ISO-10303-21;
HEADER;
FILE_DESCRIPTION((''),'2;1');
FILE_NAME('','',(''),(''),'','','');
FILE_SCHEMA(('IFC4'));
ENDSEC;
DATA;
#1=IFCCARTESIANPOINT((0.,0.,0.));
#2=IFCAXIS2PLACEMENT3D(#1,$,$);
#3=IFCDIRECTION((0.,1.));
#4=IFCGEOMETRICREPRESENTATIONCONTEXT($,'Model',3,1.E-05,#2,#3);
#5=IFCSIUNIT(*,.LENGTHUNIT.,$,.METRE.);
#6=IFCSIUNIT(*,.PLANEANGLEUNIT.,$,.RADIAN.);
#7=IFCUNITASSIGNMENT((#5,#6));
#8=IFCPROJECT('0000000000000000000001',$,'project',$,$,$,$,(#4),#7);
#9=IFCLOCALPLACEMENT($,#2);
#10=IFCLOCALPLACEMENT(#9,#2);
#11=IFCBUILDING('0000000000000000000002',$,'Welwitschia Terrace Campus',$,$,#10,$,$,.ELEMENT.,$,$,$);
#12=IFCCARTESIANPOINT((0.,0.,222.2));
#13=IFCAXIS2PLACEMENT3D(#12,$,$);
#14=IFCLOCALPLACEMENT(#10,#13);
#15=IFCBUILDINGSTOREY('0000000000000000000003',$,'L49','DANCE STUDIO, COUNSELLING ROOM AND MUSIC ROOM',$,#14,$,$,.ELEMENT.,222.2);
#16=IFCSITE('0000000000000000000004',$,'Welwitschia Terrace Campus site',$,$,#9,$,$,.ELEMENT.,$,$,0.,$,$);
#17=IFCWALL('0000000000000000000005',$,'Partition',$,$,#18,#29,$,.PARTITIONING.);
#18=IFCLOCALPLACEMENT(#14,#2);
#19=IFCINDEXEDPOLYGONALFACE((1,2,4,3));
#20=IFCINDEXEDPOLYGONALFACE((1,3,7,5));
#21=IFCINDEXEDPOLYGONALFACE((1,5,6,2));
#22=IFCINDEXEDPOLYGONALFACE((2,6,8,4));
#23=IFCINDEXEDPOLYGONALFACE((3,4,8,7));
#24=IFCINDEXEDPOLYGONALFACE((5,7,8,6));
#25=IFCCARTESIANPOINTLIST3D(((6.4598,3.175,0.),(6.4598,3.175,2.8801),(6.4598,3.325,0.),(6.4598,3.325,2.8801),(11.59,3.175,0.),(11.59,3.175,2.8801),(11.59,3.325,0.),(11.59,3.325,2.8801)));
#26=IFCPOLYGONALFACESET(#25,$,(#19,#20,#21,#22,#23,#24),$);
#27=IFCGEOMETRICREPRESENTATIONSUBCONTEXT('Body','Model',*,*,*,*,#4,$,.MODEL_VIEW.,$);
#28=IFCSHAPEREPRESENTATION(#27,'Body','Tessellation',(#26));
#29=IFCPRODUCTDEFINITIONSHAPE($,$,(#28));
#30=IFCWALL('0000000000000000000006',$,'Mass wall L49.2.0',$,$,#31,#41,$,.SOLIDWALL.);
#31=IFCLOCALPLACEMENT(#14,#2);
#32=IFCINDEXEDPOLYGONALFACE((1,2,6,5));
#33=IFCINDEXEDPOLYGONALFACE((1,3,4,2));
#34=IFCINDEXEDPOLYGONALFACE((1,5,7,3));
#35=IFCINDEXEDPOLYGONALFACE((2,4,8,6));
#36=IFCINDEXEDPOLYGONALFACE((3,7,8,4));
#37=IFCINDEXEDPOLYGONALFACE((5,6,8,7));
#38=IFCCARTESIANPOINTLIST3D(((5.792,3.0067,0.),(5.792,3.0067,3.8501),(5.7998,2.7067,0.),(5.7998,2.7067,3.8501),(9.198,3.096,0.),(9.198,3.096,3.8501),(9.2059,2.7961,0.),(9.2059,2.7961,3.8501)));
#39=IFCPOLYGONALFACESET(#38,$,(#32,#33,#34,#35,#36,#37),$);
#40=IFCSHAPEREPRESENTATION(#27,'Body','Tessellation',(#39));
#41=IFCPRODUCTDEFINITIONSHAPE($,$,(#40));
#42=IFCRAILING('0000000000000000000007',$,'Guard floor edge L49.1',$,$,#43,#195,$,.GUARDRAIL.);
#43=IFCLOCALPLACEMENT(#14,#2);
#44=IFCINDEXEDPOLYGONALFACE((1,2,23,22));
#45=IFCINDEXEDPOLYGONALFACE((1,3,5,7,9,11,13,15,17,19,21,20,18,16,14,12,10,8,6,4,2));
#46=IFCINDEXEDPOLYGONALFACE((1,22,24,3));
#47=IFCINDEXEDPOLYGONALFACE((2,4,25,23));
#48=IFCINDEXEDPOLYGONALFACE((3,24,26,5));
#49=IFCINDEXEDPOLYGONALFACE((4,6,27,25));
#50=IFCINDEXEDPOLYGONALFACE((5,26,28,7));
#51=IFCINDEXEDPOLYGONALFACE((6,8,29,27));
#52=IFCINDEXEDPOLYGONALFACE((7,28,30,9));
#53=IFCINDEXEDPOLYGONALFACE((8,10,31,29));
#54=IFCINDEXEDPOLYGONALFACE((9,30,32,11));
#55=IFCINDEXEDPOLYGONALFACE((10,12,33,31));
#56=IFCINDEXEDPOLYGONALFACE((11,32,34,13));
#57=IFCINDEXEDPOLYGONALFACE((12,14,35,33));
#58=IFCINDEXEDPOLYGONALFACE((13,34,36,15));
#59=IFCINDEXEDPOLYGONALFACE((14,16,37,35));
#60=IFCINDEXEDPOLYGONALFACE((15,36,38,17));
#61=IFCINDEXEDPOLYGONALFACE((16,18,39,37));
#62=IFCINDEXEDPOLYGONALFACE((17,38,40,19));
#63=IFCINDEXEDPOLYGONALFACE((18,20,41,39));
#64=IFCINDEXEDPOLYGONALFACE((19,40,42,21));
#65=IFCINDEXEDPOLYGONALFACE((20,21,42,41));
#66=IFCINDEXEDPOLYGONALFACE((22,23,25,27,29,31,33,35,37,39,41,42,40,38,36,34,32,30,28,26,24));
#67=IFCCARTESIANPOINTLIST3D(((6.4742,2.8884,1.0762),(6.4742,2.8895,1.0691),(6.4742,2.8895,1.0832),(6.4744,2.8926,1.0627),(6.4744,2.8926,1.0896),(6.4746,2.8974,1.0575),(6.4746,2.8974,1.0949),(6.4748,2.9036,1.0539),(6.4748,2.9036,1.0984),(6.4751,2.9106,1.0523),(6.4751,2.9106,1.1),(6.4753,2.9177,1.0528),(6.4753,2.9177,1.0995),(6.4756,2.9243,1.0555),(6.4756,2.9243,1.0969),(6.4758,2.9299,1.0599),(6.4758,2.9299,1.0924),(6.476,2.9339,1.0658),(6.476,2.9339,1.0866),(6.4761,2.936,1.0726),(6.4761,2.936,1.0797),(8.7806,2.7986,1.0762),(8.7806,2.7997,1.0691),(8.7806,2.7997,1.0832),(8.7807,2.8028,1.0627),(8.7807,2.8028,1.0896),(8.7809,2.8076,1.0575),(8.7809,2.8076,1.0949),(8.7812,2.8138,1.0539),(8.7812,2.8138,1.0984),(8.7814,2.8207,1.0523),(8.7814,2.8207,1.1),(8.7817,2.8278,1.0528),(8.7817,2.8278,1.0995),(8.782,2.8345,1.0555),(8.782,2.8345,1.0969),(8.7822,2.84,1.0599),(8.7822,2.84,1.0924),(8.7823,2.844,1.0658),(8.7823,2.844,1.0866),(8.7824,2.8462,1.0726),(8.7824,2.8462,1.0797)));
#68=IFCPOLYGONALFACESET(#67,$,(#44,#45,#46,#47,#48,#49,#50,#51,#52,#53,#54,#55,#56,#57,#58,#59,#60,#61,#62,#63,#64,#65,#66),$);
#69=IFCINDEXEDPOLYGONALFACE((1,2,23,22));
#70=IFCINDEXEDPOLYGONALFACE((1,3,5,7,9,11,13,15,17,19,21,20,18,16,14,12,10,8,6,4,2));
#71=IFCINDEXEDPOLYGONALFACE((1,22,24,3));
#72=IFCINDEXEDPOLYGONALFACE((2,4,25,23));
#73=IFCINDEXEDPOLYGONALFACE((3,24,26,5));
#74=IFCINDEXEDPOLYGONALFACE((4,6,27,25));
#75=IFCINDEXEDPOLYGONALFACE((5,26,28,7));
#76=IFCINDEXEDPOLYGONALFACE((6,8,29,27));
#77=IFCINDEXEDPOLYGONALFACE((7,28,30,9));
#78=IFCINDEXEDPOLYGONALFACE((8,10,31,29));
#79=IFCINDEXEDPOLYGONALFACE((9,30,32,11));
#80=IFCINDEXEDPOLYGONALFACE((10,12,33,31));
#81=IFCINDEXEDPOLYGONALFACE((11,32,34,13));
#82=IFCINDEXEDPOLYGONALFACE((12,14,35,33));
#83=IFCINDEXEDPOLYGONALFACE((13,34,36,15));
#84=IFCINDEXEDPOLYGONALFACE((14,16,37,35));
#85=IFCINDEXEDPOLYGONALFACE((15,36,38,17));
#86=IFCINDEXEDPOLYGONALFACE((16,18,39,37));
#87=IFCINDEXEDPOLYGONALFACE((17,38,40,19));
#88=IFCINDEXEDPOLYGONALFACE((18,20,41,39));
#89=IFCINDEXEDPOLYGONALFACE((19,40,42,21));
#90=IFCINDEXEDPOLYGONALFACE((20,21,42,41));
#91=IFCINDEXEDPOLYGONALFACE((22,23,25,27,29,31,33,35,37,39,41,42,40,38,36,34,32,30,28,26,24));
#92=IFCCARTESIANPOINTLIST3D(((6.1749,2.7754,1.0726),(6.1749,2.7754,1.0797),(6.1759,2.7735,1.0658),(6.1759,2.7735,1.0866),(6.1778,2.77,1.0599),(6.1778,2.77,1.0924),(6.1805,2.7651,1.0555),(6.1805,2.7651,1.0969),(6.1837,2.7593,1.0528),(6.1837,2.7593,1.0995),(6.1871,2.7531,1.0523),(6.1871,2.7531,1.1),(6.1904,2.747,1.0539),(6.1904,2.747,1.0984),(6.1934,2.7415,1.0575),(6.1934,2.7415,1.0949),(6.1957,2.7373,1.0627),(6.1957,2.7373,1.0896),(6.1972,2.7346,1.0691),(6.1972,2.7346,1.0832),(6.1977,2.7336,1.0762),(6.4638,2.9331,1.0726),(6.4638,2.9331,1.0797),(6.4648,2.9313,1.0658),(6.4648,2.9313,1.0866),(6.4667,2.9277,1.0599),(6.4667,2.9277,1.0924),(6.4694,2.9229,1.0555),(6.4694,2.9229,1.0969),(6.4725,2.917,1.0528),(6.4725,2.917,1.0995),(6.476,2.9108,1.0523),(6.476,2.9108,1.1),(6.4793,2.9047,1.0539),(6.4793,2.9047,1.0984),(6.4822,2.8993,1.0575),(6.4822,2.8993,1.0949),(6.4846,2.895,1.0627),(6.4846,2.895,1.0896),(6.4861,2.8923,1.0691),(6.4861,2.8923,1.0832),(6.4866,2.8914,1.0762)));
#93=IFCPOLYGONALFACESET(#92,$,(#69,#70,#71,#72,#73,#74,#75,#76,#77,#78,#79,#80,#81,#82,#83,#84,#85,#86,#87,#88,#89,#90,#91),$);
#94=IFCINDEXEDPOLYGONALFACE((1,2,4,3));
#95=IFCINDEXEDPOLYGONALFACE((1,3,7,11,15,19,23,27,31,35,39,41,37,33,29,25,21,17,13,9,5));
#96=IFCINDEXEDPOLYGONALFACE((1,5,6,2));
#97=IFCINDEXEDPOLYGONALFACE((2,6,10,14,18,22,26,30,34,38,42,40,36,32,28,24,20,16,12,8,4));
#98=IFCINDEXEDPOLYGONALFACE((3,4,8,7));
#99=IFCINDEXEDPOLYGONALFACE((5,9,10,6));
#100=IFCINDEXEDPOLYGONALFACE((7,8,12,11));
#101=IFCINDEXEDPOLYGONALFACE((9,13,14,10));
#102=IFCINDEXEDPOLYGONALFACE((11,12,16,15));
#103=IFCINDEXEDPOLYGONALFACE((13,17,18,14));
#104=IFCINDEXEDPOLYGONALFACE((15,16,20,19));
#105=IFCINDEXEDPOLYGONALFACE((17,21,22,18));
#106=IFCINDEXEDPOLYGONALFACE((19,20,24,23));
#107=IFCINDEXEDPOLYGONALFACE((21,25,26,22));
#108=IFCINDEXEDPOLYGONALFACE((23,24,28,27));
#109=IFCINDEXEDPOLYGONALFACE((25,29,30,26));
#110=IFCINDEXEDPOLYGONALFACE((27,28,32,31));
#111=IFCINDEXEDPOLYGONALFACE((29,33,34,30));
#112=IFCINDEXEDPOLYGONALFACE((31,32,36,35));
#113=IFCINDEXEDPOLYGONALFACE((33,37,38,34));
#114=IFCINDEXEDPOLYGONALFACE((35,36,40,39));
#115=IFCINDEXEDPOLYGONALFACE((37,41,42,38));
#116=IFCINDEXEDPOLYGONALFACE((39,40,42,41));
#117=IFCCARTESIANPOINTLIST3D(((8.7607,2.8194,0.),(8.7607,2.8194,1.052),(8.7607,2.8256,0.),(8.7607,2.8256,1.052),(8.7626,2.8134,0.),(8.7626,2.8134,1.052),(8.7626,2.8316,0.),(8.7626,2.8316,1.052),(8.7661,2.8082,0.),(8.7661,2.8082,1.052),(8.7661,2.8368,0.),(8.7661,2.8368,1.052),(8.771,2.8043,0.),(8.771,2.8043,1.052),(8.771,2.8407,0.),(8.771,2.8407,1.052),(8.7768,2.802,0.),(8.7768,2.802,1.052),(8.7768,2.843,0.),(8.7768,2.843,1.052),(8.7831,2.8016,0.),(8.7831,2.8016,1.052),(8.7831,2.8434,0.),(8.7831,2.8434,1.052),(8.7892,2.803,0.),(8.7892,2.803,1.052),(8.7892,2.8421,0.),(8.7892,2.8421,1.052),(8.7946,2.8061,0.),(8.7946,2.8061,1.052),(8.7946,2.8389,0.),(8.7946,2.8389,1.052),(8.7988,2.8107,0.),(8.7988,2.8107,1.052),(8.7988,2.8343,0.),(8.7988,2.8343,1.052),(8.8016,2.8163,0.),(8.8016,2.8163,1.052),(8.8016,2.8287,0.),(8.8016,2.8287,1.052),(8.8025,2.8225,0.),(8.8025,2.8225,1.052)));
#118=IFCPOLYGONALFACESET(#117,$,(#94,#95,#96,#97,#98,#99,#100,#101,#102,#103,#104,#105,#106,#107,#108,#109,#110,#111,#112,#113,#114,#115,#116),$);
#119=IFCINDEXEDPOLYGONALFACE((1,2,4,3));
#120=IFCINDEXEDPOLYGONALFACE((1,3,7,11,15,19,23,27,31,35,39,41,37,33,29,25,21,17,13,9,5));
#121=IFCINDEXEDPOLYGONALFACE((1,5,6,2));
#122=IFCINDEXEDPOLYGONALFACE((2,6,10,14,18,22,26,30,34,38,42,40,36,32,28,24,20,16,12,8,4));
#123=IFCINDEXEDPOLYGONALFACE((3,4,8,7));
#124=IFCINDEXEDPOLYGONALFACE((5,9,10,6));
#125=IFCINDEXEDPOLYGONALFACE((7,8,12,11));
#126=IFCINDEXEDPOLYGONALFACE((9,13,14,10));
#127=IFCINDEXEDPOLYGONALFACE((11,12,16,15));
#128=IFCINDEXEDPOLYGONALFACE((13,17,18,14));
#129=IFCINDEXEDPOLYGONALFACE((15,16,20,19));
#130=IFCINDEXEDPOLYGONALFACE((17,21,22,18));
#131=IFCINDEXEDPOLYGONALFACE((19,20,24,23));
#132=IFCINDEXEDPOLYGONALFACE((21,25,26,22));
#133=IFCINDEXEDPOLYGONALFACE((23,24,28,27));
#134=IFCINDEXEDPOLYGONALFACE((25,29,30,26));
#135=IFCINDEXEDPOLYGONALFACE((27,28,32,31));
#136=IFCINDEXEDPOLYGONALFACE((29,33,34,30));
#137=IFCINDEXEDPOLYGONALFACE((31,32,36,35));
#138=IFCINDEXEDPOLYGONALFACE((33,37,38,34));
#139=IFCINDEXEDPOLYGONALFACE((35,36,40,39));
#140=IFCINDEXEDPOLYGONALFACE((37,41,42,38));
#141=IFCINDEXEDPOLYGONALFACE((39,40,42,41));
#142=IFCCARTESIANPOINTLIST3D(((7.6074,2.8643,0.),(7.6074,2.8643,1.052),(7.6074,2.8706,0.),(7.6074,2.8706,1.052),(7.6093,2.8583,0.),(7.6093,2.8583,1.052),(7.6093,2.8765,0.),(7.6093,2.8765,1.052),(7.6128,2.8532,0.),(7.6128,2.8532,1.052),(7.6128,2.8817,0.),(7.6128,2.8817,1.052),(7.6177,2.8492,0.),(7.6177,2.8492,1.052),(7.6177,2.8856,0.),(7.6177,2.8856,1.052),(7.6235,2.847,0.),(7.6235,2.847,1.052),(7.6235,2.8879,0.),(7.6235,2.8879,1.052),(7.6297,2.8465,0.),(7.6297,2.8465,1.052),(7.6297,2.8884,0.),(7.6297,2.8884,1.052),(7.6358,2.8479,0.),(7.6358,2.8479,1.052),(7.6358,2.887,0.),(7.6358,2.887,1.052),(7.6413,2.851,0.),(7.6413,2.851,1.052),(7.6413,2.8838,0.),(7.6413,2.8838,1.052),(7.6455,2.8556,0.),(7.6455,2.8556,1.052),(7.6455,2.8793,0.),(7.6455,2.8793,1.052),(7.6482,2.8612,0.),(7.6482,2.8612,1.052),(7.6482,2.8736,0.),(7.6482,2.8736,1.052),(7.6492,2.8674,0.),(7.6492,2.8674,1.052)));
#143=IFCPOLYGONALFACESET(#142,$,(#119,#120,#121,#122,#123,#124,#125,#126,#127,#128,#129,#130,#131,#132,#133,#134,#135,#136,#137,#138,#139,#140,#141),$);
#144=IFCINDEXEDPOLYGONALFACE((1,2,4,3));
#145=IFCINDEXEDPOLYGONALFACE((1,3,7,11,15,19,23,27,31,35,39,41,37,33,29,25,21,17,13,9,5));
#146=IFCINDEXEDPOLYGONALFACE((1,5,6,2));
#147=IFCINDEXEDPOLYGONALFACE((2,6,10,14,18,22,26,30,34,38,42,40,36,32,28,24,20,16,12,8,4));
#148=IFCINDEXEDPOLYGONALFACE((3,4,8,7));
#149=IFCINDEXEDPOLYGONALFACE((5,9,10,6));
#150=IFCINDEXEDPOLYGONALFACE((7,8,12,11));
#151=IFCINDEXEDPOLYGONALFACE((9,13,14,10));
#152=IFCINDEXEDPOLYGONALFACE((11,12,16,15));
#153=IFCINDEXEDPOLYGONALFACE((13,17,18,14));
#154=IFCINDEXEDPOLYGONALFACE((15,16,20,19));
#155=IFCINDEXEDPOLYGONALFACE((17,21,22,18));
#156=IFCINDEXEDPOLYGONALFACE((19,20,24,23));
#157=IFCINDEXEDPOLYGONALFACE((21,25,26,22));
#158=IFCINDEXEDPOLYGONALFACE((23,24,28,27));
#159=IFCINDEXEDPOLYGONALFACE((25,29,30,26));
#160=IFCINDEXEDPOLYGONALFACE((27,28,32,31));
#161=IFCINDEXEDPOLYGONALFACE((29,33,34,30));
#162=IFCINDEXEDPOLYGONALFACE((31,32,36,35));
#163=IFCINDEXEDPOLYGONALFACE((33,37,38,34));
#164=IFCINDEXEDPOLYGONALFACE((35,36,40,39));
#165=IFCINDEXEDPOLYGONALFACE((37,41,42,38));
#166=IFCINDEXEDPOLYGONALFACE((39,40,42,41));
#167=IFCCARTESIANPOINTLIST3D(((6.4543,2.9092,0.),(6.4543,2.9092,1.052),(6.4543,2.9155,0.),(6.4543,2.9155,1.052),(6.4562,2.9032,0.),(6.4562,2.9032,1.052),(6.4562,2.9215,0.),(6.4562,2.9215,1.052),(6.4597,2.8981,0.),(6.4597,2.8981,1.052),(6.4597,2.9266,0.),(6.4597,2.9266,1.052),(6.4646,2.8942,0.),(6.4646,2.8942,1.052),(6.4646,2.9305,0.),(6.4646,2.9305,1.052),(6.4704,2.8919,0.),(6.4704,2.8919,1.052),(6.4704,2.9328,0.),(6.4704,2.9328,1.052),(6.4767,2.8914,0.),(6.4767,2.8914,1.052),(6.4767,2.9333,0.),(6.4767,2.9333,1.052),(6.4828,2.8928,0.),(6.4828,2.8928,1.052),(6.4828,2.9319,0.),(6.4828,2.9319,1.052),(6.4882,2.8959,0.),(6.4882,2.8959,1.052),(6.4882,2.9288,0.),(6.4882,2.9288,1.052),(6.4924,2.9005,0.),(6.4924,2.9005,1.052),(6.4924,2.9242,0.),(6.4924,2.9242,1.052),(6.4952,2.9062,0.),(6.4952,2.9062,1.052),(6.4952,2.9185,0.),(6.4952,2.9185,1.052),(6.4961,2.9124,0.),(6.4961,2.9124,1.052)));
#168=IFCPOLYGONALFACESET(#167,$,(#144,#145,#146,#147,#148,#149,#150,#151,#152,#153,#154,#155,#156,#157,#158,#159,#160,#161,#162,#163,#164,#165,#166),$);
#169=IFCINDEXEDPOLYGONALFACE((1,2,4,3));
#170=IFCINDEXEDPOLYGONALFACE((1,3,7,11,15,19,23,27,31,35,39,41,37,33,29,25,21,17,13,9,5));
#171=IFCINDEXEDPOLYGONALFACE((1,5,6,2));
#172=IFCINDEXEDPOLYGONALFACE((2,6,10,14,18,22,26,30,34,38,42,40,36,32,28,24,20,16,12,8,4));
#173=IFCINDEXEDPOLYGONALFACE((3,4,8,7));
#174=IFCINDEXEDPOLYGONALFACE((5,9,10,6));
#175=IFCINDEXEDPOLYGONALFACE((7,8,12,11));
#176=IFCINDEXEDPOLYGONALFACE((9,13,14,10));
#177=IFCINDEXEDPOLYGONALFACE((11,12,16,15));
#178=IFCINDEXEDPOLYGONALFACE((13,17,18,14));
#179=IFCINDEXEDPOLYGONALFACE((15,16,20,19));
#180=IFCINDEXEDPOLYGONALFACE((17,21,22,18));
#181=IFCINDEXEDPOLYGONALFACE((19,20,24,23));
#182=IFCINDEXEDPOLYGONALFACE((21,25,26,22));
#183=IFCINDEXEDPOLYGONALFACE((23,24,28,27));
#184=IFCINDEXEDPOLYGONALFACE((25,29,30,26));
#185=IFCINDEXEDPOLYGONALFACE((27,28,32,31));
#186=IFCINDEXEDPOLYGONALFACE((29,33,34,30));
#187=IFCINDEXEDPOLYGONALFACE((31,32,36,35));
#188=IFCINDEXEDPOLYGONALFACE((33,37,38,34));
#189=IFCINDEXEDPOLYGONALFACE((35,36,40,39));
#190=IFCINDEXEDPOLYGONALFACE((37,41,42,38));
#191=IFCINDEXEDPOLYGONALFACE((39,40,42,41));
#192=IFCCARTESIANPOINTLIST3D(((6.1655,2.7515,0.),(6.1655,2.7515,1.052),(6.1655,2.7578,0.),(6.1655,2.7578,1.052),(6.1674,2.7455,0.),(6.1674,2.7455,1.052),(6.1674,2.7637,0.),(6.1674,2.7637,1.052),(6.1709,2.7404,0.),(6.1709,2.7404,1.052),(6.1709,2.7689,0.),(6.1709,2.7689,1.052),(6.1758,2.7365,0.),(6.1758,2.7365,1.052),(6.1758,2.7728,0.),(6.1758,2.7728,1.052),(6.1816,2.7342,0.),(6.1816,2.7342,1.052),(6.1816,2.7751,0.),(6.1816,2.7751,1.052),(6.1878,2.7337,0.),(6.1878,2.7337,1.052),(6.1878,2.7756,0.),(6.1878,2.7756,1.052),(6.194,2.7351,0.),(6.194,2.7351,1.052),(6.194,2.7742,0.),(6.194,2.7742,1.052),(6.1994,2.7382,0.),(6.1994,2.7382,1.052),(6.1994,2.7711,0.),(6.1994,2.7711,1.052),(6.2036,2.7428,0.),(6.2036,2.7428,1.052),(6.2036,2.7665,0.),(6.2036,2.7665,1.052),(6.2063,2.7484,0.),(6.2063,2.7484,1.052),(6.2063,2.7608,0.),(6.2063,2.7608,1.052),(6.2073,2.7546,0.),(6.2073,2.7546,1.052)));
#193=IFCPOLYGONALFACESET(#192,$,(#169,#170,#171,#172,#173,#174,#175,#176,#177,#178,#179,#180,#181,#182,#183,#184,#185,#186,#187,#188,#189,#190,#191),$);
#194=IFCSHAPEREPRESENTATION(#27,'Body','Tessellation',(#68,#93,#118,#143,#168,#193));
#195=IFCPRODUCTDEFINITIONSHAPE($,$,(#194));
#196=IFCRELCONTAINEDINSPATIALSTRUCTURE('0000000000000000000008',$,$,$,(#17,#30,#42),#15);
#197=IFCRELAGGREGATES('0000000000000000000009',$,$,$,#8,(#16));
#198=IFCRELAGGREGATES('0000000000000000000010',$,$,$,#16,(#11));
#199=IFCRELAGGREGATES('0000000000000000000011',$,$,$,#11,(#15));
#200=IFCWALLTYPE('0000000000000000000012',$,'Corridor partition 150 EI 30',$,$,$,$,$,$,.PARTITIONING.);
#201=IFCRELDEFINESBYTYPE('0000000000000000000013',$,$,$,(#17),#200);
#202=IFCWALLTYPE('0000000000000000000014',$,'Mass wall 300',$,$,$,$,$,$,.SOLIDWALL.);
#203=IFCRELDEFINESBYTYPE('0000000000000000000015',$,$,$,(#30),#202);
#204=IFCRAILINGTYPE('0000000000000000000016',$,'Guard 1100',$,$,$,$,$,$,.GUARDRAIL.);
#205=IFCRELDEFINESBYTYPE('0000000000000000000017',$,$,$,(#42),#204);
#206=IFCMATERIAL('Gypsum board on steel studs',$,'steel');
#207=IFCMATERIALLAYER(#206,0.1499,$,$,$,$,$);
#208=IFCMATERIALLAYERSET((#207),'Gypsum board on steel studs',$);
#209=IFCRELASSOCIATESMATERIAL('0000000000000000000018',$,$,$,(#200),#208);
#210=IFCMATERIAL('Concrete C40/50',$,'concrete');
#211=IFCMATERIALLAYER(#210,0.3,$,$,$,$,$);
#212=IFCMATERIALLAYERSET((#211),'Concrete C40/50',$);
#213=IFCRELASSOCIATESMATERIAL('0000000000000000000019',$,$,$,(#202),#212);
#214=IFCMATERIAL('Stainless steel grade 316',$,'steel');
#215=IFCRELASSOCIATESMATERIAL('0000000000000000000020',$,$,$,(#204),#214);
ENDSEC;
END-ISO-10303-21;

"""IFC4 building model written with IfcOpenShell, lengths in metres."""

from ifc_helpers import new_model, si_unit, direction, frame, frame_2d, origin, origin_2d, place, context, subcontext, project, spatial, rectangle, circle, extrude, material, layer, layer_set, type_object, element, save


model = new_model("IFC4")

# Units and contexts
model_context = context("Model", 3, precision=1e-05, world=origin(), true_north=direction((0.0, 1.0)))
body_context = subcontext(model_context, "Body", "Model", "MODEL_VIEW")
ifc_project = project(units=[si_unit("LENGTHUNIT", "METRE"), si_unit("PLANEANGLEUNIT", "RADIAN")], contexts=[model_context])

# Site, building, storey
site_placement = place(None, origin())
site = spatial("IfcSite", under=ifc_project, at=site_placement, Name="Welwitschia Terrace Campus site", CompositionType="ELEMENT", RefElevation=0.0)
building_placement = place(site_placement, origin())
building = spatial("IfcBuilding", under=site, at=building_placement, Name="Welwitschia Terrace Campus", CompositionType="ELEMENT")
storey_placement = place(building_placement, frame((0.0, 0.0, 222.2)))
storey = spatial("IfcBuildingStorey", under=building, at=storey_placement, Name="L49", Description="DANCE STUDIO, COUNSELLING ROOM AND MUSIC ROOM", CompositionType="ELEMENT", Elevation=222.2)

# Walls
ifc_material_1 = material(Name="Gypsum board on steel studs", Category="steel")
ifc_layer_1 = layer(ifc_material_1, 0.1499)
ifc_layer_set_1 = layer_set([ifc_layer_1], Name="Gypsum board on steel studs")
wall_type_1 = type_object("IfcWallType", Name="Corridor partition 150 EI 30", PredefinedType="PARTITIONING", material=ifc_layer_set_1)
wall_1_placement = place(storey_placement, frame((6.46, 3.25, 0.0), z_axis=(0.0, 0.0, 1.0), x_axis=(1.0, 0.0, 0.0)))
element("IfcWall", 1, at=wall_1_placement, inside=storey, type_object=wall_type_1, Name="Partition", PredefinedType="PARTITIONING", context=body_context, shape_type="SweptSolid", body=[
    extrude(rectangle(XDim=5.1301, YDim=0.1499, at=frame_2d((2.5649, 0.0))), origin(), (0.0, 0.0, 1.0), 2.8801),
])
ifc_material_2 = material(Name="Concrete C40/50", Category="concrete")
ifc_layer_2 = layer(ifc_material_2, 0.3)
ifc_layer_set_2 = layer_set([ifc_layer_2], Name="Concrete C40/50")
wall_type_2 = type_object("IfcWallType", Name="Mass wall 300", PredefinedType="SOLIDWALL", material=ifc_layer_set_2)
wall_2_placement = place(storey_placement, frame((5.7959, 2.8567, 0.0), z_axis=(0.0, 0.0, 1.0), x_axis=(0.999656, 0.026226, 0.0)))
element("IfcWall", 2, at=wall_2_placement, inside=storey, type_object=wall_type_2, Name="Mass wall L49.2.0", PredefinedType="SOLIDWALL", context=body_context, shape_type="SweptSolid", body=[
    extrude(rectangle(XDim=3.4072, YDim=0.3, at=frame_2d((1.7036, 0.0))), origin(), (0.0, 0.0, 1.0), 3.8501),
])

# Railing
ifc_material_3 = material(Name="Stainless steel grade 316", Category="steel")
railing_type = type_object("IfcRailingType", Name="Guard 1100", PredefinedType="GUARDRAIL", material=ifc_material_3)
railing_placement = place(storey_placement, frame((8.7815, 2.8225, 0.0)))
element("IfcRailing", 3, at=railing_placement, inside=storey, type_object=railing_type, Name="Guard floor edge L49.1", PredefinedType="GUARDRAIL", context=body_context, shape_type="SweptSolid", body=[
    extrude(circle(Radius=0.0239, at=origin_2d()), frame((0.0, 0.0, 1.0762), z_axis=(-0.999242, 0.038925, 0.0), x_axis=(-0.038925, -0.999242, 0.0)), (0.0, 0.0, 1.0), 2.3081),
    extrude(circle(Radius=0.0239, at=origin_2d()), frame((-2.3064, 0.0898, 1.0762), z_axis=(-0.877669, -0.479268, 0.0), x_axis=(0.479268, -0.877669, 0.0)), (0.0, 0.0, 1.0), 0.3291),
    extrude(circle(Radius=0.021, at=origin_2d()), origin(), (0.0, 0.0, 1.0), 1.052),
    extrude(circle(Radius=0.021, at=origin_2d()), frame((-1.1533, 0.0449, 0.0)), (0.0, 0.0, 1.0), 1.052),
    extrude(circle(Radius=0.021, at=origin_2d()), frame((-2.3064, 0.0898, 0.0)), (0.0, 0.0, 1.0), 1.052),
    extrude(circle(Radius=0.021, at=origin_2d()), frame((-2.5952, -0.0679, 0.0)), (0.0, 0.0, 1.0), 1.052),
])

save(model, "model.ifc")
